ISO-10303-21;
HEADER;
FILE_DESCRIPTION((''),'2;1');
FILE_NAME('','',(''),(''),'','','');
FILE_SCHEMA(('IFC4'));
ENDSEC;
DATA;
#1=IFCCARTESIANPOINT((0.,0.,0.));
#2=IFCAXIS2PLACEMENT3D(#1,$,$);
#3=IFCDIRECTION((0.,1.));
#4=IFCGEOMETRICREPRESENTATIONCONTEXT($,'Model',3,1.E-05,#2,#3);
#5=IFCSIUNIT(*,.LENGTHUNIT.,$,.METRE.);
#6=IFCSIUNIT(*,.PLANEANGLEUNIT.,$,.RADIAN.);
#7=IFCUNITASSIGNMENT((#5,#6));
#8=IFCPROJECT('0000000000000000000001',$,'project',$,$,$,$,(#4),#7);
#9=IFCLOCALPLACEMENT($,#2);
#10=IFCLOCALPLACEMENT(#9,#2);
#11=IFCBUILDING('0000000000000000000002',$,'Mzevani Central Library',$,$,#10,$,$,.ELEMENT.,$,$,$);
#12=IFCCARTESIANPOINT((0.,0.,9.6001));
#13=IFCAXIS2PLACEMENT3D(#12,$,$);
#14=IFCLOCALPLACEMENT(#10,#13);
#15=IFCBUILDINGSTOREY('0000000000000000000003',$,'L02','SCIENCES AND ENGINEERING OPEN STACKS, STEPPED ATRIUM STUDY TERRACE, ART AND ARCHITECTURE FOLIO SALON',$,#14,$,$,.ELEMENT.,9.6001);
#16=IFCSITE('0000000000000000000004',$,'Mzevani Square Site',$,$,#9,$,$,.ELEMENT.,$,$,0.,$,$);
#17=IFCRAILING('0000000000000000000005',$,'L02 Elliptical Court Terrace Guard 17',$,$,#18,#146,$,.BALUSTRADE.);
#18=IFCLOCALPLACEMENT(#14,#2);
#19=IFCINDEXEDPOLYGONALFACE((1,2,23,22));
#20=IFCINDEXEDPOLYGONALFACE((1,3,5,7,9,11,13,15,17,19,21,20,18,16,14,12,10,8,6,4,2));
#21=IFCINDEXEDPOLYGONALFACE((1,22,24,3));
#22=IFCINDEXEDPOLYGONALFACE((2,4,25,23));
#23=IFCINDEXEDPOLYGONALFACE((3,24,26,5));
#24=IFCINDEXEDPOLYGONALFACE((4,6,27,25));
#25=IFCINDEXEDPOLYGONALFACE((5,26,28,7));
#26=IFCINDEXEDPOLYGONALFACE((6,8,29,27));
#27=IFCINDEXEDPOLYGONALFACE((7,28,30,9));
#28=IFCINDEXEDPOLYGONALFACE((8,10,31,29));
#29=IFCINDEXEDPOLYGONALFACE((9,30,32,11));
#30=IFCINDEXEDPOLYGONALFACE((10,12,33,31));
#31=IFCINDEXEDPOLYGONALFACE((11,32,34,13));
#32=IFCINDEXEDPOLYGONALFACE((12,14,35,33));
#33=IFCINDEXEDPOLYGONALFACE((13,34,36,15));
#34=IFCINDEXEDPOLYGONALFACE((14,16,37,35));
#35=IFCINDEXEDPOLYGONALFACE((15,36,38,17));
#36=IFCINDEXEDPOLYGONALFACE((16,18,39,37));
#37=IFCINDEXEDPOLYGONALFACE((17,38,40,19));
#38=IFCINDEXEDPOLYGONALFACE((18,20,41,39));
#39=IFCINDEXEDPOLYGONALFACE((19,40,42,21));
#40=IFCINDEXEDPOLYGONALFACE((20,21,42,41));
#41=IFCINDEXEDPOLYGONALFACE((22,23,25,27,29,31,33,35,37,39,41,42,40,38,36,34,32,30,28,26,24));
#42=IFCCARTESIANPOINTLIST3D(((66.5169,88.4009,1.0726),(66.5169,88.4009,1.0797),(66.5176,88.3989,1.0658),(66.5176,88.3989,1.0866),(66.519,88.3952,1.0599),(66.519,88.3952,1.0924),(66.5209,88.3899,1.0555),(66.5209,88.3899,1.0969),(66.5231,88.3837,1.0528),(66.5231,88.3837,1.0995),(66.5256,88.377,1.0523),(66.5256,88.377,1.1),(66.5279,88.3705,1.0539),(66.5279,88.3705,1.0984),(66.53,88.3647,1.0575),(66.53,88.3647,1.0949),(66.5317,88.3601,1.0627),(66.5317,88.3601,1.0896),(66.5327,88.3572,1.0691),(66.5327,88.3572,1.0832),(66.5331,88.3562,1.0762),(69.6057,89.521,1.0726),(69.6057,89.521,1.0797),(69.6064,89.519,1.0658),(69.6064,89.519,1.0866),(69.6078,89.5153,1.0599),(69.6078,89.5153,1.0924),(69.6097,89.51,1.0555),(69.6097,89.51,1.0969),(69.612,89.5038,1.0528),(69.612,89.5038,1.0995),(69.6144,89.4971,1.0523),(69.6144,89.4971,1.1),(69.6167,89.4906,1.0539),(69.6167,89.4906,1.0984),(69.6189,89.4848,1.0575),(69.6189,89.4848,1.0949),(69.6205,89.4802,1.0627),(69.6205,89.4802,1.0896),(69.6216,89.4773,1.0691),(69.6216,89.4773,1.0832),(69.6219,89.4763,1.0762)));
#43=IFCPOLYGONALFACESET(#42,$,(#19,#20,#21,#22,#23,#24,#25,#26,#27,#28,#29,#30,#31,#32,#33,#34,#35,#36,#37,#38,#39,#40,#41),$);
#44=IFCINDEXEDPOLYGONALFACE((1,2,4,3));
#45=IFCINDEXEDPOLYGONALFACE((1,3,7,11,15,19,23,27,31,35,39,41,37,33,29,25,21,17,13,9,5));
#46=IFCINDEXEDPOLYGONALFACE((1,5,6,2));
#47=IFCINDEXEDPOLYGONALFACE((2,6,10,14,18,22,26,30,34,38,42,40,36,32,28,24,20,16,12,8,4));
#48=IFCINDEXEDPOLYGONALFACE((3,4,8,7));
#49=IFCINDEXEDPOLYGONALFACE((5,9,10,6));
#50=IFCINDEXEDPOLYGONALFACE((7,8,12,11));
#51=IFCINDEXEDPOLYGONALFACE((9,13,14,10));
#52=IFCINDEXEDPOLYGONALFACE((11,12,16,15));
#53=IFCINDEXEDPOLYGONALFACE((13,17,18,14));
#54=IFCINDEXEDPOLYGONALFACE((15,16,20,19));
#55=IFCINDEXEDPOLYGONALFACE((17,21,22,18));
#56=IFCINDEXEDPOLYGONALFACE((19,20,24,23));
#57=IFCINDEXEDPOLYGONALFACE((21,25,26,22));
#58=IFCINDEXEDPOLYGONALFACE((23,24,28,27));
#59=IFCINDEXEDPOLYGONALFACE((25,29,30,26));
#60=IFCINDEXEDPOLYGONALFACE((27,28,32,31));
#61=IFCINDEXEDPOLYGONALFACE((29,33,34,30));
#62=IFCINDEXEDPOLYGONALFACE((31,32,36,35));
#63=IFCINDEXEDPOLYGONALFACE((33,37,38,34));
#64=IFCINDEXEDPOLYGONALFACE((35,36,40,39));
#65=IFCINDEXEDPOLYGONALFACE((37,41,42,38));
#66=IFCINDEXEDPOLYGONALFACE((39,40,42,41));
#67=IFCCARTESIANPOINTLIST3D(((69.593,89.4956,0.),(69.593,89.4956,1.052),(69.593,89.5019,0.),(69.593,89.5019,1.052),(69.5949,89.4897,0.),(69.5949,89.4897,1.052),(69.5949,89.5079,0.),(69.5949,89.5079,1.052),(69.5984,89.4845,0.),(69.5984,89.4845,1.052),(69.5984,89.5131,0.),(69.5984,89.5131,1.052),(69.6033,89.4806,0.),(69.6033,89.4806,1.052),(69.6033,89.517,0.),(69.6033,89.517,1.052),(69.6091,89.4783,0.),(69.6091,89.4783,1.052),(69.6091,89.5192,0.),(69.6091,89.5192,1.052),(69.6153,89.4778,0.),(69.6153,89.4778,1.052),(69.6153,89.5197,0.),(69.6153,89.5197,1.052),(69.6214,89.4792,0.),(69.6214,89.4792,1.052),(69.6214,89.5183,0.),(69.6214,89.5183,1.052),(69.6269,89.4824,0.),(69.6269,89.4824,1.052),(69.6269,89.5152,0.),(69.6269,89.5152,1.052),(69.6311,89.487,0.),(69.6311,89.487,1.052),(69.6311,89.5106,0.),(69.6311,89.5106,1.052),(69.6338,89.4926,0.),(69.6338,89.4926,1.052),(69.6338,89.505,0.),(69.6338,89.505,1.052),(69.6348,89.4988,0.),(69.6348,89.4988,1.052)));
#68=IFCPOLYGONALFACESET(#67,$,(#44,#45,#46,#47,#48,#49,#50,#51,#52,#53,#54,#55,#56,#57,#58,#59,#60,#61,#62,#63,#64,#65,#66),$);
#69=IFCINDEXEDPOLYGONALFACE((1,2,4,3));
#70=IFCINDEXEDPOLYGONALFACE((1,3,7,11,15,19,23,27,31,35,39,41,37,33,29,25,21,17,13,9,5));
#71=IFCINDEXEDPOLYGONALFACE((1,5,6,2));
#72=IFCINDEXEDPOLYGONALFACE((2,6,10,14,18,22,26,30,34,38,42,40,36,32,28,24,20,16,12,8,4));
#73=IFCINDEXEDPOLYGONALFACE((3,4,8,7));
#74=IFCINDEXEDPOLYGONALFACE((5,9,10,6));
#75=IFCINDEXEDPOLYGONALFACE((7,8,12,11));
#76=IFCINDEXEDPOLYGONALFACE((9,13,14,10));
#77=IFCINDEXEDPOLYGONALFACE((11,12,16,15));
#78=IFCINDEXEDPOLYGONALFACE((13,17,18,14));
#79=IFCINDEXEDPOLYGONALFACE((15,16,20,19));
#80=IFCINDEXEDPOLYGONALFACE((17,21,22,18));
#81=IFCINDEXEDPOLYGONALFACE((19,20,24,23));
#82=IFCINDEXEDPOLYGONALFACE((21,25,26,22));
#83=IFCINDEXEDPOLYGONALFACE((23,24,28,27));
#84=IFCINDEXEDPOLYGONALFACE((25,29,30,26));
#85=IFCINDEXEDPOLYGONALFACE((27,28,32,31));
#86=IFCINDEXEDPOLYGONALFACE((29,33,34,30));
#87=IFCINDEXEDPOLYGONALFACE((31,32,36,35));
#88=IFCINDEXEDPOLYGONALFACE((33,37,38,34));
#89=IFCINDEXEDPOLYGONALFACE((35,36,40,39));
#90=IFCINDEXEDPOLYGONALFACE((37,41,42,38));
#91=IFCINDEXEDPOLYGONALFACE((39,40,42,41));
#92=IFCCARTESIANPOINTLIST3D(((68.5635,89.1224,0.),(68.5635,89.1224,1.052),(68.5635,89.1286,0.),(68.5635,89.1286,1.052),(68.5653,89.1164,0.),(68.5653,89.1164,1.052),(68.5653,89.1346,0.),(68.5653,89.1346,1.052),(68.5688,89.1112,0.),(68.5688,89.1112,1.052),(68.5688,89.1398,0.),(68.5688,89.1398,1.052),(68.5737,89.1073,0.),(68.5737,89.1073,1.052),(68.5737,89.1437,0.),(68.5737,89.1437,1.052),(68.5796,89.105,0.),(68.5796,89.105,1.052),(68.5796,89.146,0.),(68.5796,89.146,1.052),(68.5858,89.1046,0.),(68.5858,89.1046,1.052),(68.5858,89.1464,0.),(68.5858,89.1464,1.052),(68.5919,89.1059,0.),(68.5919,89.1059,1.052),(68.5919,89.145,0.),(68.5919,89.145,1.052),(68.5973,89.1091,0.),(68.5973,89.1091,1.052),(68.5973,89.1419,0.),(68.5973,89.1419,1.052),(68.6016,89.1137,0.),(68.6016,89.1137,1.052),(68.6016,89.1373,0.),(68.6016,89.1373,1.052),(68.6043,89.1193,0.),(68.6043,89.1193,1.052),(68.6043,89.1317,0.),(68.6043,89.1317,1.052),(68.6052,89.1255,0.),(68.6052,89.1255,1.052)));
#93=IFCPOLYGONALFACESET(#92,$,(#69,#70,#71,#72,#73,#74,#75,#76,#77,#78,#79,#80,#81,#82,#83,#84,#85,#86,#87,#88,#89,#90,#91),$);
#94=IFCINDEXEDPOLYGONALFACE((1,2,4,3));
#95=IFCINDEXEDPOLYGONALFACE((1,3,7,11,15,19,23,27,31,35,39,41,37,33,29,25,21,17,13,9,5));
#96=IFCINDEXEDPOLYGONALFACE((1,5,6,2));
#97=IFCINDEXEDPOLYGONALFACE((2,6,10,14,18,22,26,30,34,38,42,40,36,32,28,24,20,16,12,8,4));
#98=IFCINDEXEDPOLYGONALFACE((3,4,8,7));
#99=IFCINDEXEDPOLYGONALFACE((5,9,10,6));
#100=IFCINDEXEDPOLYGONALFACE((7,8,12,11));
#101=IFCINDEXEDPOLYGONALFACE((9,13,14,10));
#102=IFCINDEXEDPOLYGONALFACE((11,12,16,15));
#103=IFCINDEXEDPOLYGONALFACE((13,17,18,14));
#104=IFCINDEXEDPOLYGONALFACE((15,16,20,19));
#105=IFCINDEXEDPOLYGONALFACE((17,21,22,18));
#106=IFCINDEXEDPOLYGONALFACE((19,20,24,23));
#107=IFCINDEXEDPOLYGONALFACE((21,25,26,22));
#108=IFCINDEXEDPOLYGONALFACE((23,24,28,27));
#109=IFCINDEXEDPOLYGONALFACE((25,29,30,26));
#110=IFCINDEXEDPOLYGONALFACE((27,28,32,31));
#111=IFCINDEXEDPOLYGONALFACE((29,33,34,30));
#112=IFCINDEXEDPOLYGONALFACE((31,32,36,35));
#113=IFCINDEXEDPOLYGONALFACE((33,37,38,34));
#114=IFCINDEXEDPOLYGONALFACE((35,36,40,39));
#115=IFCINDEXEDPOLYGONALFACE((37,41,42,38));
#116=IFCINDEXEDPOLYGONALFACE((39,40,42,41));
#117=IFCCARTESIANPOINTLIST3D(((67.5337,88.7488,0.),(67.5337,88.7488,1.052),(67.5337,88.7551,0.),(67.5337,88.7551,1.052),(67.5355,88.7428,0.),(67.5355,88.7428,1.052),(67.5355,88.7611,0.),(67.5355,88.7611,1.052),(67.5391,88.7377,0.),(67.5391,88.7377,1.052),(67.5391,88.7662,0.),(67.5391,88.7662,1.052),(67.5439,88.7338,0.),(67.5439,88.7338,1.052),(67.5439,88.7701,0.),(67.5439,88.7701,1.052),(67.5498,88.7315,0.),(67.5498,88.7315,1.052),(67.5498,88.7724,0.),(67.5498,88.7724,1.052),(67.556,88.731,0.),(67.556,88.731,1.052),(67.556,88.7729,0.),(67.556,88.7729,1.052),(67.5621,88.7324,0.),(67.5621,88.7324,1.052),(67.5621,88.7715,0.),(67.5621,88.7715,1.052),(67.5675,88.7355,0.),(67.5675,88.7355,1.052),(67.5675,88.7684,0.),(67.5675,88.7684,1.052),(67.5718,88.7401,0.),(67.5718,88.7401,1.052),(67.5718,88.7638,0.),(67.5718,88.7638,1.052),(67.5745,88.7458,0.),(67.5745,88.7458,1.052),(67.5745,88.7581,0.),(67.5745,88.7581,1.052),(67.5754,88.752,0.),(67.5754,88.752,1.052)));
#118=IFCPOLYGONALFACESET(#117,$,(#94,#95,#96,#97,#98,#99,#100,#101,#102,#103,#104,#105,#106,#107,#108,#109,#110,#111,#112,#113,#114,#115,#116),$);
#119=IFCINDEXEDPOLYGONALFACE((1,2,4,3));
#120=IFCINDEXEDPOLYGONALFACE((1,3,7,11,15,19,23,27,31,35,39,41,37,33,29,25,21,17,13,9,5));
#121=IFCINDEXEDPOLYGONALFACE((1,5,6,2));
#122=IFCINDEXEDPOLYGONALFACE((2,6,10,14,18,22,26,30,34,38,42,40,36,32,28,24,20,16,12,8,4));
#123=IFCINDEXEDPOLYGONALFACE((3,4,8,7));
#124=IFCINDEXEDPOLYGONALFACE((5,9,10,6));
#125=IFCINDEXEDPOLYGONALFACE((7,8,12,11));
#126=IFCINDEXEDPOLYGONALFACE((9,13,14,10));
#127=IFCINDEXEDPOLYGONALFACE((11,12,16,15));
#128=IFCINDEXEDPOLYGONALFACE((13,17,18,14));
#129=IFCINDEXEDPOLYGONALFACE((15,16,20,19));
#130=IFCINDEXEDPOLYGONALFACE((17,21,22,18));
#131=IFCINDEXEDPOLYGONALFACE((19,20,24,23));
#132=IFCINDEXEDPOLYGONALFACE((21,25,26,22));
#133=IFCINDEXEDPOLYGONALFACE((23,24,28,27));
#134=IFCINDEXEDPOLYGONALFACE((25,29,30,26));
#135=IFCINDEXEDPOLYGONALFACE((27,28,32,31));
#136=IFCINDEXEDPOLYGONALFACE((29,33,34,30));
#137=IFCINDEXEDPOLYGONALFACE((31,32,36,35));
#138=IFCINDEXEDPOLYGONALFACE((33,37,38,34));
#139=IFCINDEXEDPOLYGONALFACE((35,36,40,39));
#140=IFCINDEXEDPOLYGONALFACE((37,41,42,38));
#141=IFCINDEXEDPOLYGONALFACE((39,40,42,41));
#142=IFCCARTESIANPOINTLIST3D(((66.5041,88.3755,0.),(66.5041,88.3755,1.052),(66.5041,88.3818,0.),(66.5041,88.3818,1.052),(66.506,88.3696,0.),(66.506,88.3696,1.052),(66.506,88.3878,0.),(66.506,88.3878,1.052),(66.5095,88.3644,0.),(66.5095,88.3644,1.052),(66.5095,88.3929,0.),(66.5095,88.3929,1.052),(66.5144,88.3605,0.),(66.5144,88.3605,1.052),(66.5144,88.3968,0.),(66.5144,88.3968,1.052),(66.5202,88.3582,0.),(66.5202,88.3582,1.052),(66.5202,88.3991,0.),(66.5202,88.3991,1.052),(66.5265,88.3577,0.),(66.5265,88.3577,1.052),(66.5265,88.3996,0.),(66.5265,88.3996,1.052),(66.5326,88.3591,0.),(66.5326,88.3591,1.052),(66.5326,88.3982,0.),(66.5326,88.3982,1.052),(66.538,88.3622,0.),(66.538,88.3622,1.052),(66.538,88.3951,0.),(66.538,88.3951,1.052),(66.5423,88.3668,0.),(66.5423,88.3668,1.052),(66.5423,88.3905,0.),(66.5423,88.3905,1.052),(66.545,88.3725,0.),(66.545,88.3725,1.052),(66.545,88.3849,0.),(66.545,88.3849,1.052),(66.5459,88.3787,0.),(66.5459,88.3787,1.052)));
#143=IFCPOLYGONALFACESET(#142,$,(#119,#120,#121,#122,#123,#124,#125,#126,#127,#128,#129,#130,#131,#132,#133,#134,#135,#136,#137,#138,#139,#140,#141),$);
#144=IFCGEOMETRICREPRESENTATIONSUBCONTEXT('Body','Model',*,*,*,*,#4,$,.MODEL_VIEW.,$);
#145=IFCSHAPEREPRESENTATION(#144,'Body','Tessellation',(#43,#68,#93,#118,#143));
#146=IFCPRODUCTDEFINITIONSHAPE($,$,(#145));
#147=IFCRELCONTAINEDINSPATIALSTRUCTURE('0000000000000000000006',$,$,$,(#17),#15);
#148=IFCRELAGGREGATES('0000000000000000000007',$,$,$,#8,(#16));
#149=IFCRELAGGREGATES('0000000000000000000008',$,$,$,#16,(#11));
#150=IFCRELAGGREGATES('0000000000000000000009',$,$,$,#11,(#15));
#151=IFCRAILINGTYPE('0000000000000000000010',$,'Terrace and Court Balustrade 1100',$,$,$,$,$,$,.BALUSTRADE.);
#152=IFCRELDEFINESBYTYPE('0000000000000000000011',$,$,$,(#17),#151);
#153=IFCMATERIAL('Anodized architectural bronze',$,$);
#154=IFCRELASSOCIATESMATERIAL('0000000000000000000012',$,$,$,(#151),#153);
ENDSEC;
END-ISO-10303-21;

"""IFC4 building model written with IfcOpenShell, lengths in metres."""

from ifc_helpers import new_model, si_unit, direction, frame, origin, origin_2d, place, context, subcontext, project, spatial, circle, extrude, material, type_object, element, save


model = new_model("IFC4")

# Units and contexts
model_context = context("Model", 3, precision=1e-05, world=origin(), true_north=direction((0.0, 1.0)))
body_context = subcontext(model_context, "Body", "Model", "MODEL_VIEW")
ifc_project = project(units=[si_unit("LENGTHUNIT", "METRE"), si_unit("PLANEANGLEUNIT", "RADIAN")], contexts=[model_context])

# Site, building, storey
site_placement = place(None, origin())
site = spatial("IfcSite", under=ifc_project, at=site_placement, Name="Mzevani Square Site", CompositionType="ELEMENT", RefElevation=0.0)
building_placement = place(site_placement, origin())
building = spatial("IfcBuilding", under=site, at=building_placement, Name="Mzevani Central Library", CompositionType="ELEMENT")
storey_placement = place(building_placement, frame((0.0, 0.0, 9.6001)))
storey = spatial("IfcBuildingStorey", under=building, at=storey_placement, Name="L02", Description="SCIENCES AND ENGINEERING OPEN STACKS, STEPPED ATRIUM STUDY TERRACE, ART AND ARCHITECTURE FOLIO SALON", CompositionType="ELEMENT", Elevation=9.6001)

# Railing
ifc_material_1 = material(Name="Anodized architectural bronze")
railing_type = type_object("IfcRailingType", Name="Terrace and Court Balustrade 1100", PredefinedType="BALUSTRADE", material=ifc_material_1)
railing_1_placement = place(storey_placement, frame((69.6138, 89.4988, 0.0)))
element("IfcRailing", 1, at=railing_1_placement, inside=storey, type_object=railing_type, Name="L02 Elliptical Court Terrace Guard 17", PredefinedType="BALUSTRADE", context=body_context, shape_type="SweptSolid", body=[
    extrude(circle(Radius=0.0239, at=origin_2d()), frame((0.0, 0.0, 1.0762), z_axis=(-0.940097, -0.340908, 0.0), x_axis=(0.340908, -0.940097, 0.0)), (0.0, 0.0, 1.0), 3.2856),
    extrude(circle(Radius=0.021, at=origin_2d()), origin(), (0.0, 0.0, 1.0), 1.052),
    extrude(circle(Radius=0.021, at=origin_2d()), frame((-1.0295, -0.3733, 0.0)), (0.0, 0.0, 1.0), 1.052),
    extrude(circle(Radius=0.021, at=origin_2d()), frame((-2.0593, -0.7468, 0.0)), (0.0, 0.0, 1.0), 1.052),
    extrude(circle(Radius=0.021, at=origin_2d()), frame((-3.0889, -1.1201, 0.0)), (0.0, 0.0, 1.0), 1.052),
])

save(model, "model.ifc")
